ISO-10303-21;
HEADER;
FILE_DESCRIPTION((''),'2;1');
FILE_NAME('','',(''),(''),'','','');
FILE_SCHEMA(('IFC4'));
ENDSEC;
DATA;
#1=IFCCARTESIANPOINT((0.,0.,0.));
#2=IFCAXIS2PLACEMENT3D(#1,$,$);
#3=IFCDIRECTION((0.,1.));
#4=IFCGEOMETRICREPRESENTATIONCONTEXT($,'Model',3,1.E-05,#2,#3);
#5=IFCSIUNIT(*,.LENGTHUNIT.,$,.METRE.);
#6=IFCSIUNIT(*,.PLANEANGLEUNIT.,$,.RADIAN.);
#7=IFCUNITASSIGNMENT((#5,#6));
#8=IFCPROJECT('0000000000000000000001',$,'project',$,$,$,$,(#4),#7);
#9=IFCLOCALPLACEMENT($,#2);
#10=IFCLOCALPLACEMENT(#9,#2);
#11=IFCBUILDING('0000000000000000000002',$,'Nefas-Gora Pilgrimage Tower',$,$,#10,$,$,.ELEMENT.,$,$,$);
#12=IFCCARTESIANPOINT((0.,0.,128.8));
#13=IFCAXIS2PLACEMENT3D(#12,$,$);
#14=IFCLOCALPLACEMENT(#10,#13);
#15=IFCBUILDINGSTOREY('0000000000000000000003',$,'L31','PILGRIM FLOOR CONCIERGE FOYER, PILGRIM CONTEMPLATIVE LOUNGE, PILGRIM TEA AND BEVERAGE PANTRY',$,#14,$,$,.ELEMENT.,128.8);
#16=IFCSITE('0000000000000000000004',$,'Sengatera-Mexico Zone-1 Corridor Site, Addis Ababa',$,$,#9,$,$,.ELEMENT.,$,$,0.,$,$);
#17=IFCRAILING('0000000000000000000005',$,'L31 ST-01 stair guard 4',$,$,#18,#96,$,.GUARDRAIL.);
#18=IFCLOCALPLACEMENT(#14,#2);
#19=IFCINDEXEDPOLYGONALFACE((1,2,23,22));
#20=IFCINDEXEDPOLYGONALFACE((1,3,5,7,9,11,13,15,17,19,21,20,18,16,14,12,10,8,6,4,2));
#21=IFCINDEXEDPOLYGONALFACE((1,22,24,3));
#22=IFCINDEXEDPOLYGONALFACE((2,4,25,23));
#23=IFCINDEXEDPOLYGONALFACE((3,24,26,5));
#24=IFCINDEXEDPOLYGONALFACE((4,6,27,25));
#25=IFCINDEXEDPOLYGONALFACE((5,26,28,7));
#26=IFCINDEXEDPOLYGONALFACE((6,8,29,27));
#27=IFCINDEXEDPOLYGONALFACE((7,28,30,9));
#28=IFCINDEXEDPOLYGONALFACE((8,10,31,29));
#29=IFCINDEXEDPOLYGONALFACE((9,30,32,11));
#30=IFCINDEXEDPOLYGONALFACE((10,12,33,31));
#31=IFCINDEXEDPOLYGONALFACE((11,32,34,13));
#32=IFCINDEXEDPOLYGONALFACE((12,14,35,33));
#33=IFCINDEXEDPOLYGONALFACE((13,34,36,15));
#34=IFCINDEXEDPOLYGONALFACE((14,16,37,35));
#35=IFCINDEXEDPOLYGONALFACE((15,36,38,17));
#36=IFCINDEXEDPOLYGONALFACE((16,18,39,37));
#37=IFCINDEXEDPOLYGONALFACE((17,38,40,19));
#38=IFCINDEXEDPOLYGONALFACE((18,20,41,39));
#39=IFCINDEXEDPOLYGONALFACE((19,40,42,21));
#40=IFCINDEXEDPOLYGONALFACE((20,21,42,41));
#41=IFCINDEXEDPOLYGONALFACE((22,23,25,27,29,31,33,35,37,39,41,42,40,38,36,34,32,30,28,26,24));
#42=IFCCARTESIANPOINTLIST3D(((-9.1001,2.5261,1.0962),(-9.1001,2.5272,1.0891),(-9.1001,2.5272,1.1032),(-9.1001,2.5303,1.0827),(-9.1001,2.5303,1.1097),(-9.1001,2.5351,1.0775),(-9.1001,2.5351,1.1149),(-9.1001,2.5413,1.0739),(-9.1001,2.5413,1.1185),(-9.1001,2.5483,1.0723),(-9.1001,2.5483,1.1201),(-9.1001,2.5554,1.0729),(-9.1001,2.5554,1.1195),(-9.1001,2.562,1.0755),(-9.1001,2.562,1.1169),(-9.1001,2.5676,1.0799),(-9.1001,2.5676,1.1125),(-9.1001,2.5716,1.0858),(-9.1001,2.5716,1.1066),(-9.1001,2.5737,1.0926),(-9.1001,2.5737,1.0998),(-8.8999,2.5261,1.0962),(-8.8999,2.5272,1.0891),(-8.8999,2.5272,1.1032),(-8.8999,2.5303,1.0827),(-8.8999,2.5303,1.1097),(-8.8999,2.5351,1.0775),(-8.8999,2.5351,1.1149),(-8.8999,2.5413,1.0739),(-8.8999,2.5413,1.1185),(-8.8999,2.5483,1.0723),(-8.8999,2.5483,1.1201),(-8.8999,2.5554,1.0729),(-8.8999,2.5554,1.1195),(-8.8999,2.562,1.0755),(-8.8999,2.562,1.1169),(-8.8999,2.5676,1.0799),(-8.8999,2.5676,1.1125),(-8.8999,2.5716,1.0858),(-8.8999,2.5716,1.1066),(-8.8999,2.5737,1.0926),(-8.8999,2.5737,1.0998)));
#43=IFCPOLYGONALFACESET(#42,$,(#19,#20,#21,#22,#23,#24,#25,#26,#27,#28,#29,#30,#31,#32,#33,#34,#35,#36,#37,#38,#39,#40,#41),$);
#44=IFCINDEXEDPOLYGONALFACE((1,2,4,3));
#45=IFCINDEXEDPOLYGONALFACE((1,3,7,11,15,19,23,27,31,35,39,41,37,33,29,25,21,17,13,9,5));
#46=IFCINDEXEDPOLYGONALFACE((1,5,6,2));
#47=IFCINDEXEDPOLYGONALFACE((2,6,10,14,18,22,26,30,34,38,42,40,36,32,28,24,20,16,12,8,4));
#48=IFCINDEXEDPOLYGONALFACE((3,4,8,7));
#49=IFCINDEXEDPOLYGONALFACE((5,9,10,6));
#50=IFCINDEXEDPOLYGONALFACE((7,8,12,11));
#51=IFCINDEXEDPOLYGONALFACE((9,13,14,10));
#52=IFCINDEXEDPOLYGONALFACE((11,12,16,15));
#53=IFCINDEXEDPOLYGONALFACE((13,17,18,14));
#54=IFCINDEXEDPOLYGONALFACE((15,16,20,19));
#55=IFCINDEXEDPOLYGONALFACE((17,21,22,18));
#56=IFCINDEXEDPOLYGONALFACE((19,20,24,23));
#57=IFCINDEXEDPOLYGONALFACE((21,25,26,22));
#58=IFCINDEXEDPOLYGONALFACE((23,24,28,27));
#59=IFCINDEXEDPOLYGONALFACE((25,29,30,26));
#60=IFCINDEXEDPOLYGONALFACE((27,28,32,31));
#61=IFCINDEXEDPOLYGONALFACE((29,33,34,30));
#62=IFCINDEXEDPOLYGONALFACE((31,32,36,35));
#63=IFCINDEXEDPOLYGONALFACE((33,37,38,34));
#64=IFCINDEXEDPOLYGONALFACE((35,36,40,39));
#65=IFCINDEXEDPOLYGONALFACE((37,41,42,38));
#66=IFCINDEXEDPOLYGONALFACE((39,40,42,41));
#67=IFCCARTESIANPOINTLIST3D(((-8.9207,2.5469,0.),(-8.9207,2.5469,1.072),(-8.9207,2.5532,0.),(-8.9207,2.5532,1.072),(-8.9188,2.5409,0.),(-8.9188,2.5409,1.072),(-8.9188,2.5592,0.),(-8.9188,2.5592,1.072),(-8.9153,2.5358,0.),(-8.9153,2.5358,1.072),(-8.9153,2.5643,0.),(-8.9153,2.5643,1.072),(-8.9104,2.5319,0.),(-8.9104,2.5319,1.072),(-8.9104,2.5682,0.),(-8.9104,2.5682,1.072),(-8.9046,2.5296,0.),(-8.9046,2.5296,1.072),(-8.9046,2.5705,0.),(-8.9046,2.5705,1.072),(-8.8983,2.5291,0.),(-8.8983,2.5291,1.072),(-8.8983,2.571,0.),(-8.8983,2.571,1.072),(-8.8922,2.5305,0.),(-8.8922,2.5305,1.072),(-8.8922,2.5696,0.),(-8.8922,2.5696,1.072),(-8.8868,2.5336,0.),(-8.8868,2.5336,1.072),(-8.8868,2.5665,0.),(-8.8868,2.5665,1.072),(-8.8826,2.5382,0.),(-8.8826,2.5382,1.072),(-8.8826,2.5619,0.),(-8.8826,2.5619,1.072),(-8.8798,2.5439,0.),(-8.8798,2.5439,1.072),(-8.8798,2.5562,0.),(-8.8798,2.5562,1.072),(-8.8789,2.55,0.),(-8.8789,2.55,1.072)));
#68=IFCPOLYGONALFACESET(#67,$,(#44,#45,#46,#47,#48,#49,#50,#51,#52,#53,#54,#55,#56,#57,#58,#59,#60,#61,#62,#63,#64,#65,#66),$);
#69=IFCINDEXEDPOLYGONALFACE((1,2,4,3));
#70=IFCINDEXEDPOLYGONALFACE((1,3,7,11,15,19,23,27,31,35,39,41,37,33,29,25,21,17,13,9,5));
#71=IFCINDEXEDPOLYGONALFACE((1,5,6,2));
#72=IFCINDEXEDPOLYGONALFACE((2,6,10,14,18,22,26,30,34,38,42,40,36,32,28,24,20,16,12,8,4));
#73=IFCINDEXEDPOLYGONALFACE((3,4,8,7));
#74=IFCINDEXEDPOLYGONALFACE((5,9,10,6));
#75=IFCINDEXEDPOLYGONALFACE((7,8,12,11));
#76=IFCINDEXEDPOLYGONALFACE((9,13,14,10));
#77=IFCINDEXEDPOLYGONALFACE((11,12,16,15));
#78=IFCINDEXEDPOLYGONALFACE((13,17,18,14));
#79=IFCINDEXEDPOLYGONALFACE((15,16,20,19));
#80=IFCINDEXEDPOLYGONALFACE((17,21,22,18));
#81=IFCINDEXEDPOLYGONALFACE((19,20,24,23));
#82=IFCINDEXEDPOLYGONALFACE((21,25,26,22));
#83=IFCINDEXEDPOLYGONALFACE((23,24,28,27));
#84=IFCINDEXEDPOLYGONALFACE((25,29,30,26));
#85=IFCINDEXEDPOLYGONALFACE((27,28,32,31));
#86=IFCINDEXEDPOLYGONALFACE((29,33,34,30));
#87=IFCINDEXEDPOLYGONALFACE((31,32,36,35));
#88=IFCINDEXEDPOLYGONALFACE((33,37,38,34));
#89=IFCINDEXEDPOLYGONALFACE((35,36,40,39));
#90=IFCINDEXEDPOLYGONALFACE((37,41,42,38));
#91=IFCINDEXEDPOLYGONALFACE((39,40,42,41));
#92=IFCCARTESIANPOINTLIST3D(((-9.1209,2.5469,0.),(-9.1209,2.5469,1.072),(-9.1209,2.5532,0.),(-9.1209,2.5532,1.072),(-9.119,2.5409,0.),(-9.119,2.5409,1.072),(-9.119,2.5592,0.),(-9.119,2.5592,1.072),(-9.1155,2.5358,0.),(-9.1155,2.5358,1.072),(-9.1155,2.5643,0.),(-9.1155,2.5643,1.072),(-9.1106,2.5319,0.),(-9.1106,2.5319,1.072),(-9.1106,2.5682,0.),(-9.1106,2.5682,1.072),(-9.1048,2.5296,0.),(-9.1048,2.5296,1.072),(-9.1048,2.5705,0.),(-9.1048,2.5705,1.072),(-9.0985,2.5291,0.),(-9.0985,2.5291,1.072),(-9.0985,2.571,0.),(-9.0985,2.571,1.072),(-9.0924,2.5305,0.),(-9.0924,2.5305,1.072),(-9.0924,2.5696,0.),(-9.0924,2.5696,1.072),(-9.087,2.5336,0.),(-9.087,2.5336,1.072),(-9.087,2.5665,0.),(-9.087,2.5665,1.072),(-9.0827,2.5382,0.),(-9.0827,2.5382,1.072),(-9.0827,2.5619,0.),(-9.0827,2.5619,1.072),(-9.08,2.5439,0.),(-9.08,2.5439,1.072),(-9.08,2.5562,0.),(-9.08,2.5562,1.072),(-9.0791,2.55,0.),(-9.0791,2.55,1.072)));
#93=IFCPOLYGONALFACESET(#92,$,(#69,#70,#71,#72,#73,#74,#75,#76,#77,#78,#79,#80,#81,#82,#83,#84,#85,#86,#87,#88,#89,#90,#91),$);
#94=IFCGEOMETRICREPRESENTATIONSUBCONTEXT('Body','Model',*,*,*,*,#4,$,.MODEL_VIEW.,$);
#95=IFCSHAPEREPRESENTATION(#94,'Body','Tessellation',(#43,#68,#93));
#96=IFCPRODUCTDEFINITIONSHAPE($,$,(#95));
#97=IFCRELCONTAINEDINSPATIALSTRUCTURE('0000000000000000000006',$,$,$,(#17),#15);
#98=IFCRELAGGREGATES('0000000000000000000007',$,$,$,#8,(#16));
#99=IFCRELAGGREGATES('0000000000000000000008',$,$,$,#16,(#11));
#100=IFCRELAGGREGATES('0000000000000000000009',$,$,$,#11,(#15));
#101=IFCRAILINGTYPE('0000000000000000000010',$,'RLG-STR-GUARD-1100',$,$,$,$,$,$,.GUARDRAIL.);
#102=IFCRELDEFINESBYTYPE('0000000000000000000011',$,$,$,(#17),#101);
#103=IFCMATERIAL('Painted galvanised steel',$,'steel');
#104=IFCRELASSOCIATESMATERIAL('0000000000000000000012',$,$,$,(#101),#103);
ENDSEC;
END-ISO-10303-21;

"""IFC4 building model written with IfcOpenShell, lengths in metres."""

from ifc_helpers import new_model, si_unit, direction, frame, origin, origin_2d, place, context, subcontext, project, spatial, circle, extrude, material, type_object, element, save


model = new_model("IFC4")

# Units and contexts
model_context = context("Model", 3, precision=1e-05, world=origin(), true_north=direction((0.0, 1.0)))
body_context = subcontext(model_context, "Body", "Model", "MODEL_VIEW")
ifc_project = project(units=[si_unit("LENGTHUNIT", "METRE"), si_unit("PLANEANGLEUNIT", "RADIAN")], contexts=[model_context])

# Site, building, storey
site_placement = place(None, origin())
site = spatial("IfcSite", under=ifc_project, at=site_placement, Name="Sengatera-Mexico Zone-1 Corridor Site, Addis Ababa", CompositionType="ELEMENT", RefElevation=0.0)
building_placement = place(site_placement, origin())
building = spatial("IfcBuilding", under=site, at=building_placement, Name="Nefas-Gora Pilgrimage Tower", CompositionType="ELEMENT")
storey_placement = place(building_placement, frame((0.0, 0.0, 128.8)))
storey = spatial("IfcBuildingStorey", under=building, at=storey_placement, Name="L31", Description="PILGRIM FLOOR CONCIERGE FOYER, PILGRIM CONTEMPLATIVE LOUNGE, PILGRIM TEA AND BEVERAGE PANTRY", CompositionType="ELEMENT", Elevation=128.8)

# Railing
ifc_material_1 = material(Name="Painted galvanised steel", Category="steel")
railing_type_1 = type_object("IfcRailingType", Name="RLG-STR-GUARD-1100", PredefinedType="GUARDRAIL", material=ifc_material_1)
railing_1_placement = place(storey_placement, frame((-8.8999, 2.55, 0.0)))
element("IfcRailing", 1, at=railing_1_placement, inside=storey, type_object=railing_type_1, Name="L31 ST-01 stair guard 4", PredefinedType="GUARDRAIL", context=body_context, shape_type="SweptSolid", body=[
    extrude(circle(Radius=0.0239, at=origin_2d()), frame((0.0, 0.0, 1.0962), z_axis=(-1.0, 0.0, 0.0), x_axis=(0.0, -1.0, 0.0)), (0.0, 0.0, 1.0), 0.2002),
    extrude(circle(Radius=0.021, at=origin_2d()), origin(), (0.0, 0.0, 1.0), 1.072),
    extrude(circle(Radius=0.021, at=origin_2d()), frame((-0.2002, 0.0, 0.0)), (0.0, 0.0, 1.0), 1.072),
])

save(model, "model.ifc")
